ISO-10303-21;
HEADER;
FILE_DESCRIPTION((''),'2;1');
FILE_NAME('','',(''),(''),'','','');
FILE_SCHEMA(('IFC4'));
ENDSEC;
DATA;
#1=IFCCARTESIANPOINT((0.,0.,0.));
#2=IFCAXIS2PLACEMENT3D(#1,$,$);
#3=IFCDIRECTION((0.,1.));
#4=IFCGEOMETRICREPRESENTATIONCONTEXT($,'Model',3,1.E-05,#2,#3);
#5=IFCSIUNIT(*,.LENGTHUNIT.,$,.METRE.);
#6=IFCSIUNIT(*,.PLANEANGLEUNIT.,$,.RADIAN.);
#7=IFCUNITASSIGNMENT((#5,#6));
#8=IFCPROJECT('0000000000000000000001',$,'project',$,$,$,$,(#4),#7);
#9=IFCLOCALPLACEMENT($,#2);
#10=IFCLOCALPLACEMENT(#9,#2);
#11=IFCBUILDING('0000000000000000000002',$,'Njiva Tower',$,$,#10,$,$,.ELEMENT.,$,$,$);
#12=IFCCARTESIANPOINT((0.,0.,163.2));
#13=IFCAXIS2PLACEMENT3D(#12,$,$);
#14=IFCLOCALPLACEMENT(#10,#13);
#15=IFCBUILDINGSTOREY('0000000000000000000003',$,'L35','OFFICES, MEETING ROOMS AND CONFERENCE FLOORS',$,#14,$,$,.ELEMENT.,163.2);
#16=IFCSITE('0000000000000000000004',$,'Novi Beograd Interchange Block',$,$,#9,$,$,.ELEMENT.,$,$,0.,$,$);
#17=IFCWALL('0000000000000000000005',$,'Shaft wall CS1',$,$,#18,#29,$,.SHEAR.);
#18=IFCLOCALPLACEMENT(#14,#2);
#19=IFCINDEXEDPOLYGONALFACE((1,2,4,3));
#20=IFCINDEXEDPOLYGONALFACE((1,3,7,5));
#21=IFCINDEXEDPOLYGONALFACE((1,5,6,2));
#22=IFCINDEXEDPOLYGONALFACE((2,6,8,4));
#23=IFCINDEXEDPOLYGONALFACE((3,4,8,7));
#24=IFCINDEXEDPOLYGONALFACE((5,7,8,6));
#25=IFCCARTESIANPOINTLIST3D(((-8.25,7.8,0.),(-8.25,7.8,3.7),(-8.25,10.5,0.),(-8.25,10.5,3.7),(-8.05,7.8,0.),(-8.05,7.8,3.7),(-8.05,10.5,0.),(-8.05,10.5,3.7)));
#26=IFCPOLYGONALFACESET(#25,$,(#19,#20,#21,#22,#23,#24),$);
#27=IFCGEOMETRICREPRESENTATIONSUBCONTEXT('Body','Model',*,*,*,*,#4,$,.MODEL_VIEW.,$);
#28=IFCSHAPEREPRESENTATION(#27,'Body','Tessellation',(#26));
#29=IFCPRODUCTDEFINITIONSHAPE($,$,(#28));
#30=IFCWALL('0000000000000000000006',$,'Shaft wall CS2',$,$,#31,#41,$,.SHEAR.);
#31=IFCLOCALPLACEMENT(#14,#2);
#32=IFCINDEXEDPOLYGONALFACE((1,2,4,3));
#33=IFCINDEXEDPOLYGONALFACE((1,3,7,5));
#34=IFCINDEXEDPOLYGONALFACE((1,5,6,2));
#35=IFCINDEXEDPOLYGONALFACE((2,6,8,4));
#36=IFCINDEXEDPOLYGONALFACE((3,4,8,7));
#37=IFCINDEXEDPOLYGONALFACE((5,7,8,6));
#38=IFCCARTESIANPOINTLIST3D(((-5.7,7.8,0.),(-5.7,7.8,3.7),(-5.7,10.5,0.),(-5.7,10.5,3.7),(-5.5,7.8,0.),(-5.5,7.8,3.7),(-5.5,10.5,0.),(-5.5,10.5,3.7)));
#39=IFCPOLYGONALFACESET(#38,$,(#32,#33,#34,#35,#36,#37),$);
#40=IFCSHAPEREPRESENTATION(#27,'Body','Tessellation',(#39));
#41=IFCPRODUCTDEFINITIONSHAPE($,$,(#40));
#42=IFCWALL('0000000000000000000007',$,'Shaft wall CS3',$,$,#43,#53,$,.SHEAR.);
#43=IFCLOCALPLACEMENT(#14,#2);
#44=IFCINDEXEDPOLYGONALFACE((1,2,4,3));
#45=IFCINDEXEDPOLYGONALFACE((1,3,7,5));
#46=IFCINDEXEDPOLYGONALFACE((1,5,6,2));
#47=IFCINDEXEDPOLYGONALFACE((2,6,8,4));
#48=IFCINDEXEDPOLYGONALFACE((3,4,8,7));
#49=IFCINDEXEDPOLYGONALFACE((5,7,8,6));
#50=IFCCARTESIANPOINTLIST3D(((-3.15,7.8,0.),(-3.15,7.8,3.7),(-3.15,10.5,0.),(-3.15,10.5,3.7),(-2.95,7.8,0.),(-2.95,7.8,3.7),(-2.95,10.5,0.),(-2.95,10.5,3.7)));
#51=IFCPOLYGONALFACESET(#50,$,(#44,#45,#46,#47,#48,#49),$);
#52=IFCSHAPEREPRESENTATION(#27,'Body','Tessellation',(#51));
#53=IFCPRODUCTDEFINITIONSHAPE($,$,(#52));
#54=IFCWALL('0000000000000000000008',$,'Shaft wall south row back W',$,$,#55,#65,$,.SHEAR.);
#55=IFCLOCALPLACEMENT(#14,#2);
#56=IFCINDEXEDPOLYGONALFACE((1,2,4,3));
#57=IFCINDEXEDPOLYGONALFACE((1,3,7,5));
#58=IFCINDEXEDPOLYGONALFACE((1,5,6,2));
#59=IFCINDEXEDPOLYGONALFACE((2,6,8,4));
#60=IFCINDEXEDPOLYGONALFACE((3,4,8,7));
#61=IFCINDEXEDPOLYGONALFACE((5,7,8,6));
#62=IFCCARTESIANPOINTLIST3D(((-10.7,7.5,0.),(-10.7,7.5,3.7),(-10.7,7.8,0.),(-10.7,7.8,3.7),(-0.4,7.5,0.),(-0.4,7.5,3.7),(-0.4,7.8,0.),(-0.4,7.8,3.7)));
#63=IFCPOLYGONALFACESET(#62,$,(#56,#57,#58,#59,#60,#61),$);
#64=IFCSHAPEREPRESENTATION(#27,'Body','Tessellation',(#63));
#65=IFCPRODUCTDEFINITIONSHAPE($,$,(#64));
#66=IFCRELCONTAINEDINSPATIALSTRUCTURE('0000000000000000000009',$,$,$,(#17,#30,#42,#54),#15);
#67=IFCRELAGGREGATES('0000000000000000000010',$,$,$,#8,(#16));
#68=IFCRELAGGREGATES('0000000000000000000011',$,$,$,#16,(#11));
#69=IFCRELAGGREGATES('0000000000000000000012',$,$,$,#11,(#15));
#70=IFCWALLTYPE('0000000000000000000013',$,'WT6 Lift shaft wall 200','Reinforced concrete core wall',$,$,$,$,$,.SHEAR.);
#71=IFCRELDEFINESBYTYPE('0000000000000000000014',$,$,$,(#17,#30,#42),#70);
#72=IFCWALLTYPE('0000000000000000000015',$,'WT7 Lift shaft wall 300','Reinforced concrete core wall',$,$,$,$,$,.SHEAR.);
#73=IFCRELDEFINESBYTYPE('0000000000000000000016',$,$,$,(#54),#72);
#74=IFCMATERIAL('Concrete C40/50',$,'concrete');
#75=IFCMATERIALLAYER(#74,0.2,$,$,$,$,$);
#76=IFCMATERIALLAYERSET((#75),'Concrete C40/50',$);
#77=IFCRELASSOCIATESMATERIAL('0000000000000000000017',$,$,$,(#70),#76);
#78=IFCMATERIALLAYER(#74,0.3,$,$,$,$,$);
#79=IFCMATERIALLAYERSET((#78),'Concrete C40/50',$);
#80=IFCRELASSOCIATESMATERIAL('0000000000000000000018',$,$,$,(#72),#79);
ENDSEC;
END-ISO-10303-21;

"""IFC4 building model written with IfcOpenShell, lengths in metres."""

from ifc_helpers import new_model, si_unit, direction, frame, frame_2d, origin, place, context, subcontext, project, spatial, rectangle, extrude, material, layer, layer_set, type_object, element, save


model = new_model("IFC4")

# Units and contexts
model_context = context("Model", 3, precision=1e-05, world=origin(), true_north=direction((0.0, 1.0)))
body_context = subcontext(model_context, "Body", "Model", "MODEL_VIEW")
ifc_project = project(units=[si_unit("LENGTHUNIT", "METRE"), si_unit("PLANEANGLEUNIT", "RADIAN")], contexts=[model_context])

# Site, building, storey
site_placement = place(None, origin())
site = spatial("IfcSite", under=ifc_project, at=site_placement, Name="Novi Beograd Interchange Block", CompositionType="ELEMENT", RefElevation=0.0)
building_placement = place(site_placement, origin())
building = spatial("IfcBuilding", under=site, at=building_placement, Name="Njiva Tower", CompositionType="ELEMENT")
storey_placement = place(building_placement, frame((0.0, 0.0, 163.2)))
storey = spatial("IfcBuildingStorey", under=building, at=storey_placement, Name="L35", Description="OFFICES, MEETING ROOMS AND CONFERENCE FLOORS", CompositionType="ELEMENT", Elevation=163.2)

# Shared definitions
ifc_material_1 = material(Name="Concrete C40/50", Category="concrete")

# Walls
ifc_layer_1 = layer(ifc_material_1, 0.2)
ifc_layer_set_1 = layer_set([ifc_layer_1], Name="Concrete C40/50")
wall_type_1 = type_object("IfcWallType", Name="WT6 Lift shaft wall 200", Description="Reinforced concrete core wall", PredefinedType="SHEAR", material=ifc_layer_set_1)
for number, where, z_axis, x_axis, name in (
    (1, (-8.15, 7.8, 0.0), (0.0, 0.0, 1.0), (0.0, 1.0, 0.0), "Shaft wall CS1"),
    (2, (-5.6, 7.8, 0.0), (0.0, 0.0, 1.0), (0.0, 1.0, 0.0), "Shaft wall CS2"),
    (3, (-3.05, 7.8, 0.0), (0.0, 0.0, 1.0), (0.0, 1.0, 0.0), "Shaft wall CS3"),
):
    element("IfcWall", number, at=place(storey_placement, frame(where, z_axis=z_axis, x_axis=x_axis)), inside=storey, type_object=wall_type_1, Name=name, PredefinedType="SHEAR", context=body_context, shape_type="SweptSolid", body=[
        extrude(rectangle(XDim=2.7, YDim=0.2, at=frame_2d((1.35, 0.0))), origin(), (0.0, 0.0, 1.0), 3.7),
    ])
ifc_layer_2 = layer(ifc_material_1, 0.3)
ifc_layer_set_2 = layer_set([ifc_layer_2], Name="Concrete C40/50")
wall_type_2 = type_object("IfcWallType", Name="WT7 Lift shaft wall 300", Description="Reinforced concrete core wall", PredefinedType="SHEAR", material=ifc_layer_set_2)
wall_1_placement = place(storey_placement, frame((-10.7, 7.65, 0.0), z_axis=(0.0, 0.0, 1.0), x_axis=(1.0, 0.0, 0.0)))
element("IfcWall", 4, at=wall_1_placement, inside=storey, type_object=wall_type_2, Name="Shaft wall south row back W", PredefinedType="SHEAR", context=body_context, shape_type="SweptSolid", body=[
    extrude(rectangle(XDim=10.3, YDim=0.3, at=frame_2d((5.15, 0.0))), origin(), (0.0, 0.0, 1.0), 3.7),
])

save(model, "model.ifc")
